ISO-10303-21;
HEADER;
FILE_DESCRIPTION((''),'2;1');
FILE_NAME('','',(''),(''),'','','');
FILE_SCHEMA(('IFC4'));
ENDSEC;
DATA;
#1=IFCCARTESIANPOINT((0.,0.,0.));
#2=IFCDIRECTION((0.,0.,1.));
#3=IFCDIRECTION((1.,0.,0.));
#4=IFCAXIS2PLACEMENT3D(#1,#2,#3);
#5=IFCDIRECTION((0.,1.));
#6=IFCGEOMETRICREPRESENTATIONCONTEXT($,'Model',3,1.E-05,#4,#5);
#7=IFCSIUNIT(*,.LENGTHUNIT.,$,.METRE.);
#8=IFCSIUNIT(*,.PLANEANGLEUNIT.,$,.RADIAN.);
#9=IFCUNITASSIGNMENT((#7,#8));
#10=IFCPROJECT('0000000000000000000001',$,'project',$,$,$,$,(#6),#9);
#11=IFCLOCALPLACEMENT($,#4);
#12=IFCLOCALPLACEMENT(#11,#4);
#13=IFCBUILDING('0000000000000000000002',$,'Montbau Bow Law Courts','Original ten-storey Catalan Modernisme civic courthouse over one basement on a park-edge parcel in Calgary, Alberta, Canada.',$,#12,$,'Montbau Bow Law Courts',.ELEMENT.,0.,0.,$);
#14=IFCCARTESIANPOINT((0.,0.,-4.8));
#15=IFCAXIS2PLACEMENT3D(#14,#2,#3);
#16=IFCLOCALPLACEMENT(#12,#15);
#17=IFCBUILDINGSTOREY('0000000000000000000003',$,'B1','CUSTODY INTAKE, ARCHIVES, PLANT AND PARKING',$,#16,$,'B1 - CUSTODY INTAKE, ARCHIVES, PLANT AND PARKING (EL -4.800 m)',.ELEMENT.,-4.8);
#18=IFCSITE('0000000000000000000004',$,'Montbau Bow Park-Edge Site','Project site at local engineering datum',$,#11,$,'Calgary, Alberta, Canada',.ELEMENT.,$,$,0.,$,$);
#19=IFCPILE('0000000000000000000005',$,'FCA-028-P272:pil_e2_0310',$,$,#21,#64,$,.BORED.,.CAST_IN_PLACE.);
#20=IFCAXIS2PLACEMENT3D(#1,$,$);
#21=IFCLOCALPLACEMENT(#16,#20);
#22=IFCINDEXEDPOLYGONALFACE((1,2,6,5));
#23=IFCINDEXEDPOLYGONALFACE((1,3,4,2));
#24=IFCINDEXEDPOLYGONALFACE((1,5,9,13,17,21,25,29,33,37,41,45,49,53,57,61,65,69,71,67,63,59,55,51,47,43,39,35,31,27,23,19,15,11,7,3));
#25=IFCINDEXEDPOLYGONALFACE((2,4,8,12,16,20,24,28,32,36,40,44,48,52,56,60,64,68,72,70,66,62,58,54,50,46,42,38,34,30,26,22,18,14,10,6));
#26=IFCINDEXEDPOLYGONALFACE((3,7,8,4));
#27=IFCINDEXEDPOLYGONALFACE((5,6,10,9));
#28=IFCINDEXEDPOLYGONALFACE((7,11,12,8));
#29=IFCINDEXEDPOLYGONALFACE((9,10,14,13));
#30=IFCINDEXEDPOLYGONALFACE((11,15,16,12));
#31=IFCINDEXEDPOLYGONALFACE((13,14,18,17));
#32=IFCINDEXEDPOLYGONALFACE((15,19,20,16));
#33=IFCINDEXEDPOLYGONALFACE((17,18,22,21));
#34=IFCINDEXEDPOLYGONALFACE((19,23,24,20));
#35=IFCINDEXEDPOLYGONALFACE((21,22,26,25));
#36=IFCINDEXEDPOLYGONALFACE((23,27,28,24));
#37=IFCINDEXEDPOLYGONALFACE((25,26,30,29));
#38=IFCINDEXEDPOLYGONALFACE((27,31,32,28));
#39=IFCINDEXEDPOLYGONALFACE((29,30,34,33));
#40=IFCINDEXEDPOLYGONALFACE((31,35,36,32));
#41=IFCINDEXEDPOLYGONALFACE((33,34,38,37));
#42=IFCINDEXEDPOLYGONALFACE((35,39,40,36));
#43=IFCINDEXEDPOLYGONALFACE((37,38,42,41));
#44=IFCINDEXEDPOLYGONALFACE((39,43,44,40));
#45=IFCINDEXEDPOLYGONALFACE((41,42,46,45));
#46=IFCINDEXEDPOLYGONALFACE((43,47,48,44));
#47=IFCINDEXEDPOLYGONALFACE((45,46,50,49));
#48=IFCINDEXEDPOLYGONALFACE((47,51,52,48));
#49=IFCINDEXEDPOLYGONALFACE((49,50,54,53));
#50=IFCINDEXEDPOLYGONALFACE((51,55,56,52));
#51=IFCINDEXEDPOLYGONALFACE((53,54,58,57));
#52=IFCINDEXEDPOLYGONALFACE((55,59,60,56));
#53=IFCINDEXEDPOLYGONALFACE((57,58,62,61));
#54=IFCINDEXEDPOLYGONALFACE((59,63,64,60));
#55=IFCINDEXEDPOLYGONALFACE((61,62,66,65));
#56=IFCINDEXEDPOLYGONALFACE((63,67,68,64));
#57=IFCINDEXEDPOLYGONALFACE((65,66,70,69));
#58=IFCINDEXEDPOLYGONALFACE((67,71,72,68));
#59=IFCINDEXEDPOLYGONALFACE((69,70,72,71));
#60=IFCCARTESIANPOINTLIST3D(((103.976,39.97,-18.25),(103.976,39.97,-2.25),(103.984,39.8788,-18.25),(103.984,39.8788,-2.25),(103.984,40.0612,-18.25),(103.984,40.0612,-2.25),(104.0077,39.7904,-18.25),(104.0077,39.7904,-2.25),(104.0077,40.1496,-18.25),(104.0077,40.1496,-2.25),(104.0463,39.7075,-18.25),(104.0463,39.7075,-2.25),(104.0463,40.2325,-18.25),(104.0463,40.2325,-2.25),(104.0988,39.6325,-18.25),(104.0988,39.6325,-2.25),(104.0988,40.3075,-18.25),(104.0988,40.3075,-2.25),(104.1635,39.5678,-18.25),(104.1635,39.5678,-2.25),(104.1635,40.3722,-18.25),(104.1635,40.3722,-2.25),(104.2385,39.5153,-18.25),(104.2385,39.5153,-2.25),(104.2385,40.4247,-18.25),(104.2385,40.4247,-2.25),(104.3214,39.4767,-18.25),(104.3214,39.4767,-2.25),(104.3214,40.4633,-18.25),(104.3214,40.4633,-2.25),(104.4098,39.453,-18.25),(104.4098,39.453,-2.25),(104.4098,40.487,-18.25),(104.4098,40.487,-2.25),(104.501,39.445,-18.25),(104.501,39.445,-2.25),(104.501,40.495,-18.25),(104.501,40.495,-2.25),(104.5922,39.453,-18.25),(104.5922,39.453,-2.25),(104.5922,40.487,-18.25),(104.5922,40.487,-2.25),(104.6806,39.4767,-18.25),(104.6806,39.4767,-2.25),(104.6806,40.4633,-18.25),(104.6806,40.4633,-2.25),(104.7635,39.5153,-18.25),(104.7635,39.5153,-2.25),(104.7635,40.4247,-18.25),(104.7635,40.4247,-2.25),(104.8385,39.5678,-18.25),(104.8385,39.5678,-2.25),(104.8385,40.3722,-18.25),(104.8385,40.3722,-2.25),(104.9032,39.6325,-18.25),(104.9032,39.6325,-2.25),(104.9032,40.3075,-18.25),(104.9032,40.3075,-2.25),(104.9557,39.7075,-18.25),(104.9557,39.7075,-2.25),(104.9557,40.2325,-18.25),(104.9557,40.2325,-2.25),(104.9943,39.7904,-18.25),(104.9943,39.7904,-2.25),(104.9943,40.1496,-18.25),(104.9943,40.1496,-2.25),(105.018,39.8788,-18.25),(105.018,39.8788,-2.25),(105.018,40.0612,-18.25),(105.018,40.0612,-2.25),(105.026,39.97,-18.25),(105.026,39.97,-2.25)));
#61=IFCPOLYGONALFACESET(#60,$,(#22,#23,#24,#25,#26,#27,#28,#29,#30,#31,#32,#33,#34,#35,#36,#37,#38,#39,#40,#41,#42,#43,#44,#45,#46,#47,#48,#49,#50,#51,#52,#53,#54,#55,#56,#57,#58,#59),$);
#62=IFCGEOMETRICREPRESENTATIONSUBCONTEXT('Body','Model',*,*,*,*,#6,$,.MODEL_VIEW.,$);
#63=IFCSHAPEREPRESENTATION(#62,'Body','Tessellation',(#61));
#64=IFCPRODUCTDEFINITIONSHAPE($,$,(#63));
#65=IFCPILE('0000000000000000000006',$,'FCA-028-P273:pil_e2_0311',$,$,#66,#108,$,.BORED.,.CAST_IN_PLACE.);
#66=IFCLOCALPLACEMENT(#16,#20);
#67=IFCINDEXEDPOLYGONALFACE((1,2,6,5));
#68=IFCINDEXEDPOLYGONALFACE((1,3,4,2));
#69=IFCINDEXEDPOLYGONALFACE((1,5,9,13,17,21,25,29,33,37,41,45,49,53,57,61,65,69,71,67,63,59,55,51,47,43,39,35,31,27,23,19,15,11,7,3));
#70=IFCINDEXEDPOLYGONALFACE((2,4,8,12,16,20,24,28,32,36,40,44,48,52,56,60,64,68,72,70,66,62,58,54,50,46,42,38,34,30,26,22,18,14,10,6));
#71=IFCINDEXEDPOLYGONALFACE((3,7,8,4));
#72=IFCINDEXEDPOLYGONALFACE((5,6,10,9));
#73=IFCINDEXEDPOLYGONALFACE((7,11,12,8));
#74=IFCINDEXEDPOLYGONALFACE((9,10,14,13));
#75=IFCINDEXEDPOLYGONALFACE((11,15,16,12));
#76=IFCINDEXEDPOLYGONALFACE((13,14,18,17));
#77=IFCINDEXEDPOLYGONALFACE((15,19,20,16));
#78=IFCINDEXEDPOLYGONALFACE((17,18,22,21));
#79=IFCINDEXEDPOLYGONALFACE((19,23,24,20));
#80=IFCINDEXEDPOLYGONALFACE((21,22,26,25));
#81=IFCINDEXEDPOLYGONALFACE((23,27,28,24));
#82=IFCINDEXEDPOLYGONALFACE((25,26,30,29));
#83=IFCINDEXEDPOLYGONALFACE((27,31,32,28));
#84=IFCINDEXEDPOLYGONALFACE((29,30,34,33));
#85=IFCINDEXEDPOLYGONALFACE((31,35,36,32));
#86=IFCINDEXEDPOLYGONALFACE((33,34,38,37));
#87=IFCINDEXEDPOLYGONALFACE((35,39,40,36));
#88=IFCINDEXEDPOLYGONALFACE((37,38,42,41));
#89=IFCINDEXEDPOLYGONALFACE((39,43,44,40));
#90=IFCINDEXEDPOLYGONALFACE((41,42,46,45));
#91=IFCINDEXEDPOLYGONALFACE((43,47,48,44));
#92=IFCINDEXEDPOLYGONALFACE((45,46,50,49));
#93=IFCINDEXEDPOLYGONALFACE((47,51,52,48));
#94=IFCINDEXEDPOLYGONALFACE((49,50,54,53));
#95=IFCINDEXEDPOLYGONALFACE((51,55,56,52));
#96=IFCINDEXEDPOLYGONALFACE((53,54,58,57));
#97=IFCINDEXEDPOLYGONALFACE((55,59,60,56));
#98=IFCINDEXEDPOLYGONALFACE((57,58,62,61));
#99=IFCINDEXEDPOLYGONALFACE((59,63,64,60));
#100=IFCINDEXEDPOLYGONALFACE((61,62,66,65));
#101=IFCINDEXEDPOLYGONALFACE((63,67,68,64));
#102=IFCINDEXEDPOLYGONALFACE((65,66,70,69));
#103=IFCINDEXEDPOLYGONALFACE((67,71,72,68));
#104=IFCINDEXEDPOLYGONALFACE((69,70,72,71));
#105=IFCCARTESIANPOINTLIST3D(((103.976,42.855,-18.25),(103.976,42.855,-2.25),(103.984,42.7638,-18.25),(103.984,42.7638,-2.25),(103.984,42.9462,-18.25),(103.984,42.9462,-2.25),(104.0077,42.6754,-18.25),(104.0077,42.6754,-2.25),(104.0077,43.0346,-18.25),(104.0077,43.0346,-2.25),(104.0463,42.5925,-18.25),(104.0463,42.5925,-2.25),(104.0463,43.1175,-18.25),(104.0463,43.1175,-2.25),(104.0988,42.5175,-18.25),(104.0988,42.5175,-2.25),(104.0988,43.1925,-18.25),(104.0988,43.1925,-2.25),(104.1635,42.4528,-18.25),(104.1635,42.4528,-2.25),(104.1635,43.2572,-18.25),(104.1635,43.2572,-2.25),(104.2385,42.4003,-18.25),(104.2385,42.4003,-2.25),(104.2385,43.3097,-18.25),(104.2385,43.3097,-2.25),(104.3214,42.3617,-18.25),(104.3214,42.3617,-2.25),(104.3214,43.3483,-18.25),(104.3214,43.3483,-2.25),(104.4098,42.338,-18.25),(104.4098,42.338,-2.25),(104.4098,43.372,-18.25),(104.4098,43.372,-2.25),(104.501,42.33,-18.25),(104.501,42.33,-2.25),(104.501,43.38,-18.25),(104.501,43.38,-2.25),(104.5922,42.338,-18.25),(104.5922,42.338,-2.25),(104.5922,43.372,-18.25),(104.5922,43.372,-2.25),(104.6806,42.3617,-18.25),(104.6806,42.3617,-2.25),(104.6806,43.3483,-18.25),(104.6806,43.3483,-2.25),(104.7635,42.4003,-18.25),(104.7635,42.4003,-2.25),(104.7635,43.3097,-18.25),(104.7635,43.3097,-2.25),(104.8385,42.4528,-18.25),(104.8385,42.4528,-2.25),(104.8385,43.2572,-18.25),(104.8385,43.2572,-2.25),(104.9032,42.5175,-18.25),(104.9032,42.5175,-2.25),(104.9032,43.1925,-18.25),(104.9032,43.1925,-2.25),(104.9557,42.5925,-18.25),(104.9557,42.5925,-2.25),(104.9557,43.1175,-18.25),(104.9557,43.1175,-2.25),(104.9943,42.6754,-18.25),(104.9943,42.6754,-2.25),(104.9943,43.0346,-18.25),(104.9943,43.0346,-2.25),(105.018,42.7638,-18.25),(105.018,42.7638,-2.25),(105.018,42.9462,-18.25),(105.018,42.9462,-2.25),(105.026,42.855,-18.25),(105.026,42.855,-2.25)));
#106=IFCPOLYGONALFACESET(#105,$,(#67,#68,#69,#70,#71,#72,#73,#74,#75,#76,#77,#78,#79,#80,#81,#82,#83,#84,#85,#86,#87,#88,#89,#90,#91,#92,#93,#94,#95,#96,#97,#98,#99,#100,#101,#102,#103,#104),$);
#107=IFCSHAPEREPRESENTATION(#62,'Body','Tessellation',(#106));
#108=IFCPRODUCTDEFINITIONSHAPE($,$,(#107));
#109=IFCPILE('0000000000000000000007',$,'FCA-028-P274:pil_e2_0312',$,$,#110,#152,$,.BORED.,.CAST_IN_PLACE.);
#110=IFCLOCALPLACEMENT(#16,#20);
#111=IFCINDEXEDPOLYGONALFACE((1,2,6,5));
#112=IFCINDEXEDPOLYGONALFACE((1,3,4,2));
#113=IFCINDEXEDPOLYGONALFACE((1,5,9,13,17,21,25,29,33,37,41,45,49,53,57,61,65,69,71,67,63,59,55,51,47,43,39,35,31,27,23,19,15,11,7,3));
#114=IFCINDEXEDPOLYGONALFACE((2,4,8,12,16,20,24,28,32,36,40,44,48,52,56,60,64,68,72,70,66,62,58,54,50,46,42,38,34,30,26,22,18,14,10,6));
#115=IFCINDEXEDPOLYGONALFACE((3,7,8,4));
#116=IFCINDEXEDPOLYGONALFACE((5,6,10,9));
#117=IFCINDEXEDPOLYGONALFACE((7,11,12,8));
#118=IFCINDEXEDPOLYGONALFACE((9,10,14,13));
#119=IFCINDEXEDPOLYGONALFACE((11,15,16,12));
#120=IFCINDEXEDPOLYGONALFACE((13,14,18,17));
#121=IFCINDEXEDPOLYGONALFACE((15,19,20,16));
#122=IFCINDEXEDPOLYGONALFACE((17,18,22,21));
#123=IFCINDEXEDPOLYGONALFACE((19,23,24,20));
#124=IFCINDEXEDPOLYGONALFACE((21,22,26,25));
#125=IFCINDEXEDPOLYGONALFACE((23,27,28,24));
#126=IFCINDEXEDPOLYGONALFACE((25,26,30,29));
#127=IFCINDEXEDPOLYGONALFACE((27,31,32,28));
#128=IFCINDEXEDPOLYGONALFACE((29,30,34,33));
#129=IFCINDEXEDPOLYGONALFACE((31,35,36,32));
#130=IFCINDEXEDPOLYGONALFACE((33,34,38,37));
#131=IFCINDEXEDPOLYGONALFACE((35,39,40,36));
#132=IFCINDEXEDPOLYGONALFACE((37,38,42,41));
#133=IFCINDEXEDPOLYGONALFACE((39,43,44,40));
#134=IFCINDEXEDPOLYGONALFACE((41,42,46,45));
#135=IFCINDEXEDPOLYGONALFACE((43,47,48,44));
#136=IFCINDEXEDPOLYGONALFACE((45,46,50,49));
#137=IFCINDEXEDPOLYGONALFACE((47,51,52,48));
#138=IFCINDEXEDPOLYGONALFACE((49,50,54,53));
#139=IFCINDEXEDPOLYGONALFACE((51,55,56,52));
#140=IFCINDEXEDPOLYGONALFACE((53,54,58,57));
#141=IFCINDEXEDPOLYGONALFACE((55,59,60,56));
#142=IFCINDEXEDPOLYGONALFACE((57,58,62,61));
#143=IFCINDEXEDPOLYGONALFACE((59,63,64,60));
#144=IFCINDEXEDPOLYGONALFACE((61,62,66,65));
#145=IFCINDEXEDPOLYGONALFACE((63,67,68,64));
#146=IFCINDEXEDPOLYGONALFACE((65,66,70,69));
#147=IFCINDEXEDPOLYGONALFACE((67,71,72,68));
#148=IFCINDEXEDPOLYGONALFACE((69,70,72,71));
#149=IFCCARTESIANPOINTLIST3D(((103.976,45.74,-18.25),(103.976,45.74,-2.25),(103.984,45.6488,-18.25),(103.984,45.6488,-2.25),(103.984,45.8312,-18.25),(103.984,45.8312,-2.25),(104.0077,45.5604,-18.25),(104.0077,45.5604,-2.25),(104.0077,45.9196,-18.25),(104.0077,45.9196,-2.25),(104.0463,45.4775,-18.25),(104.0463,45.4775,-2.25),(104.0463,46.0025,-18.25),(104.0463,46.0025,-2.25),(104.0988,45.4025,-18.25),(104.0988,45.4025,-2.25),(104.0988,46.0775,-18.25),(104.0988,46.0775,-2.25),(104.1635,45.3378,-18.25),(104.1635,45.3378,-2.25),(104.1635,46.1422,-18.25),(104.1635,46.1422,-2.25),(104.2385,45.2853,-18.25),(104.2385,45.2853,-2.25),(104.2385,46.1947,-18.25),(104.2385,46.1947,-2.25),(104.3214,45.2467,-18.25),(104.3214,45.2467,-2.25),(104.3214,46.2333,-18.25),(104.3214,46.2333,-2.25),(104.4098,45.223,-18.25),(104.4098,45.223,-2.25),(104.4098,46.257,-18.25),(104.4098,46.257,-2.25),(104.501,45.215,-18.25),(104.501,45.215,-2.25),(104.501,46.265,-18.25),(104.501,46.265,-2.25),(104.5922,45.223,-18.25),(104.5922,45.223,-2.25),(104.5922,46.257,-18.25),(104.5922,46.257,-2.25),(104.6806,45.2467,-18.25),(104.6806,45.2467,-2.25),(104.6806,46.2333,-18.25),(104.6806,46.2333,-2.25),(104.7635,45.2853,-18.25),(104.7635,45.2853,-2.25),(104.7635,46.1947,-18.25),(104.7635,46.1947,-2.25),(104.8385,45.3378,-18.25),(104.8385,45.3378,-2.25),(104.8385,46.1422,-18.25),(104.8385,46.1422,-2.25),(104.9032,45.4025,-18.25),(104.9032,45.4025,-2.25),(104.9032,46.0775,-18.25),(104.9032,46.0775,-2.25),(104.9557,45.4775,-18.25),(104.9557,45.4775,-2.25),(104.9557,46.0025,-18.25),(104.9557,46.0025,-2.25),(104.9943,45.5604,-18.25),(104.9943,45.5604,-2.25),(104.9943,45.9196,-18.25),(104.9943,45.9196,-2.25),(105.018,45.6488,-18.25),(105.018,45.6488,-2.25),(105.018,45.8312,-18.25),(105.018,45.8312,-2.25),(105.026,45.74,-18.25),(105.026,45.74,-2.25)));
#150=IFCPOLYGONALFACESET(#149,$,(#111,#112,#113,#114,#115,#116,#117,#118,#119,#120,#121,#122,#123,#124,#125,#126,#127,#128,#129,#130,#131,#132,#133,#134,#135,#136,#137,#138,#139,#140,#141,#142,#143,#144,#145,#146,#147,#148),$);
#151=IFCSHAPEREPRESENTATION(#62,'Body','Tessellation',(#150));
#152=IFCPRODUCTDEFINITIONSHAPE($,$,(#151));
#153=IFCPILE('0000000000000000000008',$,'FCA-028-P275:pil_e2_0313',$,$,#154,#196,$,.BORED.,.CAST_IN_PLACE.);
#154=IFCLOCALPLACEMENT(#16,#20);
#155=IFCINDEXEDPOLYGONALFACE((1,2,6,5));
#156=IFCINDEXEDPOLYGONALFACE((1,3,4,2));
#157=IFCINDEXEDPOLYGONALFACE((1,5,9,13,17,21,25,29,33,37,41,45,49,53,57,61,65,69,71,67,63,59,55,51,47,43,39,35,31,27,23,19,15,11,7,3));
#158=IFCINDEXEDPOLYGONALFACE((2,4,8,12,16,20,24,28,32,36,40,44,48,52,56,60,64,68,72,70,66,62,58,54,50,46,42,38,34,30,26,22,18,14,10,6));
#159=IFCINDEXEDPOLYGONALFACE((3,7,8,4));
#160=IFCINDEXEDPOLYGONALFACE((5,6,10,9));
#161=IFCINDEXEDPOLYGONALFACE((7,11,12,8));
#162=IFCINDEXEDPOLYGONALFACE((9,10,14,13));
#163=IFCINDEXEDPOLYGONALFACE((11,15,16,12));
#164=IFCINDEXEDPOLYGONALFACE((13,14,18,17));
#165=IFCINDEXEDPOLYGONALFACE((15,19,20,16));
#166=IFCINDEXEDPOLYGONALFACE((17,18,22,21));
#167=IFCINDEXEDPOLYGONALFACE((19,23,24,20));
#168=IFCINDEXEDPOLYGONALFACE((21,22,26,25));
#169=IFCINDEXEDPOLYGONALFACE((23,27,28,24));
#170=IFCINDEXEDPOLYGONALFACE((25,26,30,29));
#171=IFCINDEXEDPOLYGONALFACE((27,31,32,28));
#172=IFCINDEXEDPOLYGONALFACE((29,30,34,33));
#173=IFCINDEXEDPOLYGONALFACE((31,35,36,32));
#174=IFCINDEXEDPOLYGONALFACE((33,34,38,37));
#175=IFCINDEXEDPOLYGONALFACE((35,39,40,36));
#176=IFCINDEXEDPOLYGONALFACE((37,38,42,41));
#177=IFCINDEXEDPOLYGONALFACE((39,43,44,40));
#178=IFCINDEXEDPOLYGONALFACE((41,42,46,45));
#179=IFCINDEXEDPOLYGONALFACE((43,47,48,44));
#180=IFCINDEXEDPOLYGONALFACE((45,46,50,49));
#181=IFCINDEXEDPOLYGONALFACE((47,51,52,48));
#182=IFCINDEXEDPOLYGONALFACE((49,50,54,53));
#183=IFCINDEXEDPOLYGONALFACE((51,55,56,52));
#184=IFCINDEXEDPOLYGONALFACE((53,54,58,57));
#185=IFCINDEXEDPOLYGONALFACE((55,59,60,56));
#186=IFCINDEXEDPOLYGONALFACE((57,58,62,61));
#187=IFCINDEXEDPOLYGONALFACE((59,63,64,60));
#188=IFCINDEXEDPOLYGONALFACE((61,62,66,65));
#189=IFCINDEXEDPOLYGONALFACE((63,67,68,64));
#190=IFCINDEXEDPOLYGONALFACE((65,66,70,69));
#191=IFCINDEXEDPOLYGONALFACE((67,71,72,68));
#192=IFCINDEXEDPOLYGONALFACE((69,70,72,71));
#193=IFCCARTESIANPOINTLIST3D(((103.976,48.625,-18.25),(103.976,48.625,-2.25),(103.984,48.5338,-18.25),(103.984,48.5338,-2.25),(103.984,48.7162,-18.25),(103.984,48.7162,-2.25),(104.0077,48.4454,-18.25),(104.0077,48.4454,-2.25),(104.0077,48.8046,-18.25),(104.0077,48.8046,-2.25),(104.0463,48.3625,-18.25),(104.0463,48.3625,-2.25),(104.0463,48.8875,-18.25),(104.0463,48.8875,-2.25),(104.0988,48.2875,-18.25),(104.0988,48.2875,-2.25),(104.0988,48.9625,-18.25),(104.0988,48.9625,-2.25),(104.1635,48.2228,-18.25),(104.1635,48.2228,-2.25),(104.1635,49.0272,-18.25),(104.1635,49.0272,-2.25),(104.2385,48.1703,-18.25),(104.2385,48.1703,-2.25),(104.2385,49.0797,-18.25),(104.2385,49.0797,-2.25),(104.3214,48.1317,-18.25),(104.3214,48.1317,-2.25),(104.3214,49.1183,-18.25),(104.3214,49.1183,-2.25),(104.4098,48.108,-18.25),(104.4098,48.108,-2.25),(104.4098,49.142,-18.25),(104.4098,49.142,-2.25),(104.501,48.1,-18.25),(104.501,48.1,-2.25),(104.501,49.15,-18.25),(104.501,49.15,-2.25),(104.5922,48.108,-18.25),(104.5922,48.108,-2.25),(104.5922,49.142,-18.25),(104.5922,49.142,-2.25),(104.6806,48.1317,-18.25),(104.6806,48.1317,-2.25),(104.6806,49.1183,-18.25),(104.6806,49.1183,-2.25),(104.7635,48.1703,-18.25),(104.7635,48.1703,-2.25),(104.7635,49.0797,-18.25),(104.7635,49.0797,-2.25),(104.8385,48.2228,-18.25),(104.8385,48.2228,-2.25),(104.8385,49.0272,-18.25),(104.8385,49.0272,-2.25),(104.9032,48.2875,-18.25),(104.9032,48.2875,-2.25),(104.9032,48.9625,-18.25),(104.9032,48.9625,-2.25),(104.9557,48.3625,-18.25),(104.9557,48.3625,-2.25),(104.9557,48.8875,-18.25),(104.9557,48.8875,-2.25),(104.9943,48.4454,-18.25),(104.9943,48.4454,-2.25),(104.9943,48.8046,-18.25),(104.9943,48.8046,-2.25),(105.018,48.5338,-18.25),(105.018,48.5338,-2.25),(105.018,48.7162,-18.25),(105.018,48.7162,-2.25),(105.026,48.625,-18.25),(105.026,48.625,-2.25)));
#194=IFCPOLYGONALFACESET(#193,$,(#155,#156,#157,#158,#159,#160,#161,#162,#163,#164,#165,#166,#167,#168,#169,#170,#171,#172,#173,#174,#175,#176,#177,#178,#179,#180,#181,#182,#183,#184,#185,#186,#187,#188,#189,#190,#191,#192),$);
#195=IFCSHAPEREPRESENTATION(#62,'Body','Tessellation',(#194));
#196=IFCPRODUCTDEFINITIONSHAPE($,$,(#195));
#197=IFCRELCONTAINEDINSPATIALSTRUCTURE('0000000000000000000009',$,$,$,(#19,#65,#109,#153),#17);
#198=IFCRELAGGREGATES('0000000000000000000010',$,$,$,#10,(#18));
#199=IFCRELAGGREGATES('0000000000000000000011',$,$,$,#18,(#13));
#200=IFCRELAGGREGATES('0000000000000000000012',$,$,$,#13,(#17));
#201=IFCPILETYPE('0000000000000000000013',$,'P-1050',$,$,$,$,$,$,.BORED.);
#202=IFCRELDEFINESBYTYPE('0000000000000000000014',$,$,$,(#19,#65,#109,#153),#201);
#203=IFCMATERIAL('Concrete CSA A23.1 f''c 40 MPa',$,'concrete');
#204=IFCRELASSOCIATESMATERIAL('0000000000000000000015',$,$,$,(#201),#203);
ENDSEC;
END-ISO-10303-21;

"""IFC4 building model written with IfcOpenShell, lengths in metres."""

from ifc_helpers import new_model, si_unit, direction, frame, origin_with_axes, origin_2d_with_axis, place, context, subcontext, project, spatial, circle, extrude, material, material_profile, profile_set, type_object, element, save


model = new_model("IFC4")

# Units and contexts
model_context = context("Model", 3, precision=1e-05, world=origin_with_axes(), true_north=direction((0.0, 1.0)))
body_context = subcontext(model_context, "Body", "Model", "MODEL_VIEW")
ifc_project = project(units=[si_unit("LENGTHUNIT", "METRE"), si_unit("PLANEANGLEUNIT", "RADIAN")], contexts=[model_context])

# Site, building, storey
site_placement = place(None, origin_with_axes())
site = spatial("IfcSite", under=ifc_project, at=site_placement, Name="Montbau Bow Park-Edge Site", Description="Project site at local engineering datum", LongName="Calgary, Alberta, Canada", CompositionType="ELEMENT", RefElevation=0.0)
building_placement = place(site_placement, origin_with_axes())
building = spatial("IfcBuilding", under=site, at=building_placement, Name="Montbau Bow Law Courts", Description="Original ten-storey Catalan Modernisme civic courthouse over one basement on a park-edge parcel in Calgary, Alberta, Canada.", LongName="Montbau Bow Law Courts", CompositionType="ELEMENT", ElevationOfRefHeight=0.0, ElevationOfTerrain=0.0)
storey_placement = place(building_placement, frame((0.0, 0.0, -4.8), z_axis=(0.0, 0.0, 1.0), x_axis=(1.0, 0.0, 0.0)))
storey = spatial("IfcBuildingStorey", under=building, at=storey_placement, Name="B1", Description="CUSTODY INTAKE, ARCHIVES, PLANT AND PARKING", LongName="B1 - CUSTODY INTAKE, ARCHIVES, PLANT AND PARKING (EL -4.800 m)", CompositionType="ELEMENT", Elevation=-4.8)

# Piles
ifc_material = material(Name="Concrete CSA A23.1 f'c 40 MPa", Category="concrete")
ifc_material_profile = material_profile(ifc_material, circle(Radius=0.525, at=origin_2d_with_axis()), Name="BP1050", Category="Main", Priority=0)
ifc_profile_set = profile_set([ifc_material_profile], Name="Concrete CSA A23.1 f'c 40 MPa")
pile_type = type_object("IfcPileType", Name="P-1050", PredefinedType="BORED", material=ifc_profile_set)
for number, where, z_axis, x_axis, name in (
    (1, (104.501, 39.97, -23.05), (0.0, 0.0, 1.0), (1.0, 0.0, 0.0), "FCA-028-P272:pil_e2_0310"),
    (2, (104.501, 42.855, -23.05), (0.0, 0.0, 1.0), (1.0, 0.0, 0.0), "FCA-028-P273:pil_e2_0311"),
    (3, (104.501, 45.74, -23.05), (0.0, 0.0, 1.0), (1.0, 0.0, 0.0), "FCA-028-P274:pil_e2_0312"),
    (4, (104.501, 48.625, -23.05), (0.0, 0.0, 1.0), (1.0, 0.0, 0.0), "FCA-028-P275:pil_e2_0313"),
):
    element("IfcPile", number, at=place(None, frame(where, z_axis=z_axis, x_axis=x_axis)), inside=storey, type_object=pile_type, Name=name, ConstructionType="CAST_IN_PLACE", PredefinedType="BORED", context=body_context, shape_type="SweptSolid", body=[
        extrude(circle(Radius=0.525, at=origin_2d_with_axis()), origin_with_axes(), (0.0, 0.0, 1.0), 16.0),
    ])

save(model, "model.ifc")
